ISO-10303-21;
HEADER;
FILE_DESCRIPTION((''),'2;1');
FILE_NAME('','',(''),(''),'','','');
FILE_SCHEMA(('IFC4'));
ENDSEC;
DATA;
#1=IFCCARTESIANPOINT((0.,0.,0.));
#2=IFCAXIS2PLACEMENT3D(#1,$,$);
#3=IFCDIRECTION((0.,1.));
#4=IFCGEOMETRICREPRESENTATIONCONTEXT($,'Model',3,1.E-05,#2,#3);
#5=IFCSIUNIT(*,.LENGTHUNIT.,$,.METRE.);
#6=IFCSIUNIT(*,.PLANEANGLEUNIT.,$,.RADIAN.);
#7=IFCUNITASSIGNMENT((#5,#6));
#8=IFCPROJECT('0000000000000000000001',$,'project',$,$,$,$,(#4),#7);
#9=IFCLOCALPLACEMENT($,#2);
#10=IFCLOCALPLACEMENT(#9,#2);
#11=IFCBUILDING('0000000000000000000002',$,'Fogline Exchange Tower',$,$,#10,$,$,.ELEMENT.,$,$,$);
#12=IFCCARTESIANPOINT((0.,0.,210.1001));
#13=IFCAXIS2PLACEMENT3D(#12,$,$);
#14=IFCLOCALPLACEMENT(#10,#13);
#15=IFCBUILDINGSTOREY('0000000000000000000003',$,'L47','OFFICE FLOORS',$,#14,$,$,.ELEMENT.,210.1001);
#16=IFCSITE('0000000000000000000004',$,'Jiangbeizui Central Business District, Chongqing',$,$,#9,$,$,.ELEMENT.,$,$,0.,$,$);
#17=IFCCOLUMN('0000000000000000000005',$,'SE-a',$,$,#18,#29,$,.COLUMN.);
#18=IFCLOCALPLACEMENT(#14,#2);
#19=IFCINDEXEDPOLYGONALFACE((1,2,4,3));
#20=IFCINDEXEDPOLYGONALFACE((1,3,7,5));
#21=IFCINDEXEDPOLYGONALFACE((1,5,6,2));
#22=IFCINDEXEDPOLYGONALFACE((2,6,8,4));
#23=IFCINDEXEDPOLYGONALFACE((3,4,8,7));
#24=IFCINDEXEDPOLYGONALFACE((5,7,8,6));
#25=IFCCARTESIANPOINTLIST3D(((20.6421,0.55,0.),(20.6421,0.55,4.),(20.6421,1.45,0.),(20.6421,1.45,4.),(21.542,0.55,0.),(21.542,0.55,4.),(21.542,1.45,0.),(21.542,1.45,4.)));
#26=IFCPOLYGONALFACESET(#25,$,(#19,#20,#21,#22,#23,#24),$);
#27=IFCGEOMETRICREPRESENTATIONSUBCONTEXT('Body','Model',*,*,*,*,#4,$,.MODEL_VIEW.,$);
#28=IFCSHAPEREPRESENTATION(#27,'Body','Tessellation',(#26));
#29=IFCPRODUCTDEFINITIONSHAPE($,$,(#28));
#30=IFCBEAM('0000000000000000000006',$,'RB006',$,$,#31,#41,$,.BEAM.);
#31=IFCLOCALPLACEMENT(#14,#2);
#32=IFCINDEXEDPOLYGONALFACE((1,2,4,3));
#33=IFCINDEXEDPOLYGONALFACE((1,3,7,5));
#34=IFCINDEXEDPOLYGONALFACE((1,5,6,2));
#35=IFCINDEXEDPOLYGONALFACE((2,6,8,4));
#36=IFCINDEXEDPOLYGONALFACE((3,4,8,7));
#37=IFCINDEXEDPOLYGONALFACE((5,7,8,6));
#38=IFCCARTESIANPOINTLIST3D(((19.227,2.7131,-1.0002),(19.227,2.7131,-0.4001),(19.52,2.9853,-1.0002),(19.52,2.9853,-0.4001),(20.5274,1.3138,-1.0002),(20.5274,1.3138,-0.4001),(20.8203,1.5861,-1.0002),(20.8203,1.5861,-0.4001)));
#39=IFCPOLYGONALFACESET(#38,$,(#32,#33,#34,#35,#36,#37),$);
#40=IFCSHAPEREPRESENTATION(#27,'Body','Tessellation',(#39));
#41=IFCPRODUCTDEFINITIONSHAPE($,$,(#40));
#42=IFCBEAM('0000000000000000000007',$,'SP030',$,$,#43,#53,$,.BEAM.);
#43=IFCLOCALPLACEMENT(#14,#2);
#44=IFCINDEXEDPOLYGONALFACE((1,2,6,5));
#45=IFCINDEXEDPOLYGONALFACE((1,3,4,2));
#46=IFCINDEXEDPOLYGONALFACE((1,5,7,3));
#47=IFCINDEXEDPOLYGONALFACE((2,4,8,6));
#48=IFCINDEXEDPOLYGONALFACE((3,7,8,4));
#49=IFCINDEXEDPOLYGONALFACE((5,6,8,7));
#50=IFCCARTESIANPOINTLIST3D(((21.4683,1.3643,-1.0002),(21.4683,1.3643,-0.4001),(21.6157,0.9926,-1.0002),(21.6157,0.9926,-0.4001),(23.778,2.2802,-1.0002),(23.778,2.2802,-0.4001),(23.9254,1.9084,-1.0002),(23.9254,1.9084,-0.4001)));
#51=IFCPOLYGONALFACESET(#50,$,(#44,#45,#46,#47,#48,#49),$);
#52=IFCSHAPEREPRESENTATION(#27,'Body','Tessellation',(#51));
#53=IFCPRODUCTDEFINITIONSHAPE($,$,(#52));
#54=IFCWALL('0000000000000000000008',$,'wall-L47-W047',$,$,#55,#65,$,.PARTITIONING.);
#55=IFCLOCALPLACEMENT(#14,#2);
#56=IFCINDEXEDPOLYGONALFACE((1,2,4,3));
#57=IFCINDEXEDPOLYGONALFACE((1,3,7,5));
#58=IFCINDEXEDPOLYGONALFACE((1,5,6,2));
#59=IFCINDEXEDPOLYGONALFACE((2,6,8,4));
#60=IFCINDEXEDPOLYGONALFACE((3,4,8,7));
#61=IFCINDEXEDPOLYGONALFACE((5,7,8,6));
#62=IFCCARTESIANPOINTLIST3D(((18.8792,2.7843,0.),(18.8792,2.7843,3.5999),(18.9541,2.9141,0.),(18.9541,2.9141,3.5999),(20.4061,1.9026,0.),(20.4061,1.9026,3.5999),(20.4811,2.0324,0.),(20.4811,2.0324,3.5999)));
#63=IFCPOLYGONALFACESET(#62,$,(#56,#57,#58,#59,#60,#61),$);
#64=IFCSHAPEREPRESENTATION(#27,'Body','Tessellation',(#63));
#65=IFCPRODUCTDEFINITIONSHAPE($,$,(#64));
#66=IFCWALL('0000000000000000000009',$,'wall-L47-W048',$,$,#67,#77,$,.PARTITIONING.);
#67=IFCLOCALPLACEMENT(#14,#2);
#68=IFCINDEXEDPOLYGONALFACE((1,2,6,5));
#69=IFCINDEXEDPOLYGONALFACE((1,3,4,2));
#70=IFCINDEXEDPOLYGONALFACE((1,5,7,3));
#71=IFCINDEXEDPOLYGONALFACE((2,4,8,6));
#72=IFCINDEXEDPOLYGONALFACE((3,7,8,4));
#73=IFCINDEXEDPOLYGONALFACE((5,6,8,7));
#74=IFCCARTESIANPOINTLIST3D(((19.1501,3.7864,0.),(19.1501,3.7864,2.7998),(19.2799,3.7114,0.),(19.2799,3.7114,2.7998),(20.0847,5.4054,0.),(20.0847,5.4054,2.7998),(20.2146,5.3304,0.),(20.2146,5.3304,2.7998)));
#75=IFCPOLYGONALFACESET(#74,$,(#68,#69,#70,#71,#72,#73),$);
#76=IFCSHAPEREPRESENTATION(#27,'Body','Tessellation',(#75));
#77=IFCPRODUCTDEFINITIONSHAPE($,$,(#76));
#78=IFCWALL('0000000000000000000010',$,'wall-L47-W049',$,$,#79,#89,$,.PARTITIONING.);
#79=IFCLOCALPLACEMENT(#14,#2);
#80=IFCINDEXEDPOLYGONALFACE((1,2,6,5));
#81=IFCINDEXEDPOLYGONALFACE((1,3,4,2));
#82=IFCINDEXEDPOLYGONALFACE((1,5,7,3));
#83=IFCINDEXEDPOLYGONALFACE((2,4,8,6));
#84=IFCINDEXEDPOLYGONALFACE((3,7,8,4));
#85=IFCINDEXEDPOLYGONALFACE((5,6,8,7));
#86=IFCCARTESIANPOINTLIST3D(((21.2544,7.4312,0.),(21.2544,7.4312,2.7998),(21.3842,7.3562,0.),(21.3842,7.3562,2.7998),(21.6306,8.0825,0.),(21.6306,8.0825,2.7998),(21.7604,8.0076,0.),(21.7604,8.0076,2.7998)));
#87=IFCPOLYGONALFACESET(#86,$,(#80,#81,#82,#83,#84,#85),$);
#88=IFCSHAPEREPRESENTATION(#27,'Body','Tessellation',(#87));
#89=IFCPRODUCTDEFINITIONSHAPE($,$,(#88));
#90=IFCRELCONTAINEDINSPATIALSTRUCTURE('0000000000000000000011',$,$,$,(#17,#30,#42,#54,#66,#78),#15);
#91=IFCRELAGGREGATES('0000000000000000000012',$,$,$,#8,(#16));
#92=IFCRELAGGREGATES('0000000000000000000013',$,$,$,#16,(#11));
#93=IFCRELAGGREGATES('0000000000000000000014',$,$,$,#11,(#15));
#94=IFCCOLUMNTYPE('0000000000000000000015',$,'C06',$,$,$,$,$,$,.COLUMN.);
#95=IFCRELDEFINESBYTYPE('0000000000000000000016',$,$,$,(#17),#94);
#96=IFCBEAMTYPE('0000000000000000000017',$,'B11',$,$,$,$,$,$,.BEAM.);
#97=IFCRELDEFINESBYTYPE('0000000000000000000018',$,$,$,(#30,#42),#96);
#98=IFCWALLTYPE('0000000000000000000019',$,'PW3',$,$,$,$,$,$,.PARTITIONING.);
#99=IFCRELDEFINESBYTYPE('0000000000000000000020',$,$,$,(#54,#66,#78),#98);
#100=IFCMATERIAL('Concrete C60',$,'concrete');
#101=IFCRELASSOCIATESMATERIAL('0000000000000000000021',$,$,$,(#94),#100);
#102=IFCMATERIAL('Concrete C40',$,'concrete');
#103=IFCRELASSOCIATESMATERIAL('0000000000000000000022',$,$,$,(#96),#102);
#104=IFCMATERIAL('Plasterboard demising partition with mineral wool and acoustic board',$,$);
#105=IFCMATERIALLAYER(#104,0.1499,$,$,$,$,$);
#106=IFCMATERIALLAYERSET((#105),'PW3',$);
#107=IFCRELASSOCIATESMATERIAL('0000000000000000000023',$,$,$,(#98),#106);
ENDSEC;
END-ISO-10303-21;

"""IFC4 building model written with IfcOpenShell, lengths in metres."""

from ifc_helpers import new_model, si_unit, direction, frame, frame_2d, origin, origin_2d, place, context, subcontext, project, spatial, rectangle, extrude, material, layer, layer_set, material_profile, profile_set, type_object, element, save


model = new_model("IFC4")

# Units and contexts
model_context = context("Model", 3, precision=1e-05, world=origin(), true_north=direction((0.0, 1.0)))
body_context = subcontext(model_context, "Body", "Model", "MODEL_VIEW")
ifc_project = project(units=[si_unit("LENGTHUNIT", "METRE"), si_unit("PLANEANGLEUNIT", "RADIAN")], contexts=[model_context])

# Site, building, storey
site_placement = place(None, origin())
site = spatial("IfcSite", under=ifc_project, at=site_placement, Name="Jiangbeizui Central Business District, Chongqing", CompositionType="ELEMENT", RefElevation=0.0)
building_placement = place(site_placement, origin())
building = spatial("IfcBuilding", under=site, at=building_placement, Name="Fogline Exchange Tower", CompositionType="ELEMENT")
storey_placement = place(building_placement, frame((0.0, 0.0, 210.1001)))
storey = spatial("IfcBuildingStorey", under=building, at=storey_placement, Name="L47", Description="OFFICE FLOORS", CompositionType="ELEMENT", Elevation=210.1001)

# Column
ifc_material_1 = material(Name="Concrete C60", Category="concrete")
ifc_material_profile_1 = material_profile(ifc_material_1, rectangle(XDim=0.8999, YDim=0.8999, at=origin_2d()), Name="RC 900x900")
ifc_profile_set_1 = profile_set([ifc_material_profile_1], Name="Concrete C60")
column_type = type_object("IfcColumnType", Name="C06", PredefinedType="COLUMN", material=ifc_profile_set_1)
column_placement = place(storey_placement, frame((21.092, 1.0, 0.0), z_axis=(0.0, 0.0, 1.0), x_axis=(1.0, 0.0, 0.0)))
element("IfcColumn", 1, at=column_placement, inside=storey, type_object=column_type, Name="SE-a", PredefinedType="COLUMN", context=body_context, shape_type="SweptSolid", body=[
    extrude(rectangle(XDim=0.8999, YDim=0.8999, at=origin_2d()), origin(), (0.0, 0.0, 1.0), 4.0),
])

# Beams
ifc_material_2 = material(Name="Concrete C40", Category="concrete")
ifc_material_profile_2 = material_profile(ifc_material_2, rectangle(XDim=0.3999, YDim=0.6001, at=origin_2d()), Name="RC 400x600")
ifc_profile_set_2 = profile_set([ifc_material_profile_2], Name="Concrete C40")
beam_type = type_object("IfcBeamType", Name="B11", PredefinedType="BEAM", material=ifc_profile_set_2)
beam_1_placement = place(storey_placement, frame((20.6738, 1.45, -0.7002), z_axis=(-0.68075, 0.732516, 0.0), x_axis=(-0.732516, -0.68075, 0.0)))
element("IfcBeam", 2, at=beam_1_placement, inside=storey, type_object=beam_type, Name="RB006", PredefinedType="BEAM", context=body_context, shape_type="SweptSolid", body=[
    extrude(rectangle(XDim=0.3999, YDim=0.6001, at=origin_2d()), origin(), (0.0, 0.0, 1.0), 1.9102),
])
beam_2_placement = place(storey_placement, frame((21.542, 1.1785, -0.7002), z_axis=(0.929591, 0.368594, 0.0), x_axis=(-0.368594, 0.929591, 0.0)))
element("IfcBeam", 3, at=beam_2_placement, inside=storey, type_object=beam_type, Name="SP030", PredefinedType="BEAM", context=body_context, shape_type="SweptSolid", body=[
    extrude(rectangle(XDim=0.3999, YDim=0.6001, at=origin_2d()), origin(), (0.0, 0.0, 1.0), 2.4846),
])

# Walls
ifc_material_3 = material(Name="Plasterboard demising partition with mineral wool and acoustic board")
ifc_layer_1 = layer(ifc_material_3, 0.1499)
ifc_layer_set_1 = layer_set([ifc_layer_1], Name="PW3")
wall_type_1 = type_object("IfcWallType", Name="PW3", PredefinedType="PARTITIONING", material=ifc_layer_set_1)
wall_1_placement = place(storey_placement, frame((20.4436, 1.9675, 0.0), z_axis=(0.0, 0.0, 1.0), x_axis=(-0.86601, 0.500026, 0.0)))
element("IfcWall", 4, at=wall_1_placement, inside=storey, type_object=wall_type_1, Name="wall-L47-W047", PredefinedType="PARTITIONING", context=body_context, shape_type="SweptSolid", body=[
    extrude(rectangle(XDim=1.7632, YDim=0.1499, at=frame_2d((0.8816, 0.0))), origin(), (0.0, 0.0, 1.0), 3.5999),
])
wall_2_placement = place(storey_placement, frame((19.2151, 3.749, 0.0), z_axis=(0.0, 0.0, 1.0), x_axis=(0.49996, 0.866049, 0.0)))
element("IfcWall", 5, at=wall_2_placement, inside=storey, type_object=wall_type_1, Name="wall-L47-W048", PredefinedType="PARTITIONING", context=body_context, shape_type="SweptSolid", body=[
    extrude(rectangle(XDim=1.8694, YDim=0.1499, at=frame_2d((0.9346, 0.0))), origin(), (0.0, 0.0, 1.0), 2.7998),
])
wall_3_placement = place(storey_placement, frame((21.3193, 7.3938, 0.0), z_axis=(0.0, 0.0, 1.0), x_axis=(0.500153, 0.865937, 0.0)))
element("IfcWall", 6, at=wall_3_placement, inside=storey, type_object=wall_type_1, Name="wall-L47-W049", PredefinedType="PARTITIONING", context=body_context, shape_type="SweptSolid", body=[
    extrude(rectangle(XDim=0.7522, YDim=0.1499, at=frame_2d((0.376, 0.0))), origin(), (0.0, 0.0, 1.0), 2.7998),
])

save(model, "model.ifc")
